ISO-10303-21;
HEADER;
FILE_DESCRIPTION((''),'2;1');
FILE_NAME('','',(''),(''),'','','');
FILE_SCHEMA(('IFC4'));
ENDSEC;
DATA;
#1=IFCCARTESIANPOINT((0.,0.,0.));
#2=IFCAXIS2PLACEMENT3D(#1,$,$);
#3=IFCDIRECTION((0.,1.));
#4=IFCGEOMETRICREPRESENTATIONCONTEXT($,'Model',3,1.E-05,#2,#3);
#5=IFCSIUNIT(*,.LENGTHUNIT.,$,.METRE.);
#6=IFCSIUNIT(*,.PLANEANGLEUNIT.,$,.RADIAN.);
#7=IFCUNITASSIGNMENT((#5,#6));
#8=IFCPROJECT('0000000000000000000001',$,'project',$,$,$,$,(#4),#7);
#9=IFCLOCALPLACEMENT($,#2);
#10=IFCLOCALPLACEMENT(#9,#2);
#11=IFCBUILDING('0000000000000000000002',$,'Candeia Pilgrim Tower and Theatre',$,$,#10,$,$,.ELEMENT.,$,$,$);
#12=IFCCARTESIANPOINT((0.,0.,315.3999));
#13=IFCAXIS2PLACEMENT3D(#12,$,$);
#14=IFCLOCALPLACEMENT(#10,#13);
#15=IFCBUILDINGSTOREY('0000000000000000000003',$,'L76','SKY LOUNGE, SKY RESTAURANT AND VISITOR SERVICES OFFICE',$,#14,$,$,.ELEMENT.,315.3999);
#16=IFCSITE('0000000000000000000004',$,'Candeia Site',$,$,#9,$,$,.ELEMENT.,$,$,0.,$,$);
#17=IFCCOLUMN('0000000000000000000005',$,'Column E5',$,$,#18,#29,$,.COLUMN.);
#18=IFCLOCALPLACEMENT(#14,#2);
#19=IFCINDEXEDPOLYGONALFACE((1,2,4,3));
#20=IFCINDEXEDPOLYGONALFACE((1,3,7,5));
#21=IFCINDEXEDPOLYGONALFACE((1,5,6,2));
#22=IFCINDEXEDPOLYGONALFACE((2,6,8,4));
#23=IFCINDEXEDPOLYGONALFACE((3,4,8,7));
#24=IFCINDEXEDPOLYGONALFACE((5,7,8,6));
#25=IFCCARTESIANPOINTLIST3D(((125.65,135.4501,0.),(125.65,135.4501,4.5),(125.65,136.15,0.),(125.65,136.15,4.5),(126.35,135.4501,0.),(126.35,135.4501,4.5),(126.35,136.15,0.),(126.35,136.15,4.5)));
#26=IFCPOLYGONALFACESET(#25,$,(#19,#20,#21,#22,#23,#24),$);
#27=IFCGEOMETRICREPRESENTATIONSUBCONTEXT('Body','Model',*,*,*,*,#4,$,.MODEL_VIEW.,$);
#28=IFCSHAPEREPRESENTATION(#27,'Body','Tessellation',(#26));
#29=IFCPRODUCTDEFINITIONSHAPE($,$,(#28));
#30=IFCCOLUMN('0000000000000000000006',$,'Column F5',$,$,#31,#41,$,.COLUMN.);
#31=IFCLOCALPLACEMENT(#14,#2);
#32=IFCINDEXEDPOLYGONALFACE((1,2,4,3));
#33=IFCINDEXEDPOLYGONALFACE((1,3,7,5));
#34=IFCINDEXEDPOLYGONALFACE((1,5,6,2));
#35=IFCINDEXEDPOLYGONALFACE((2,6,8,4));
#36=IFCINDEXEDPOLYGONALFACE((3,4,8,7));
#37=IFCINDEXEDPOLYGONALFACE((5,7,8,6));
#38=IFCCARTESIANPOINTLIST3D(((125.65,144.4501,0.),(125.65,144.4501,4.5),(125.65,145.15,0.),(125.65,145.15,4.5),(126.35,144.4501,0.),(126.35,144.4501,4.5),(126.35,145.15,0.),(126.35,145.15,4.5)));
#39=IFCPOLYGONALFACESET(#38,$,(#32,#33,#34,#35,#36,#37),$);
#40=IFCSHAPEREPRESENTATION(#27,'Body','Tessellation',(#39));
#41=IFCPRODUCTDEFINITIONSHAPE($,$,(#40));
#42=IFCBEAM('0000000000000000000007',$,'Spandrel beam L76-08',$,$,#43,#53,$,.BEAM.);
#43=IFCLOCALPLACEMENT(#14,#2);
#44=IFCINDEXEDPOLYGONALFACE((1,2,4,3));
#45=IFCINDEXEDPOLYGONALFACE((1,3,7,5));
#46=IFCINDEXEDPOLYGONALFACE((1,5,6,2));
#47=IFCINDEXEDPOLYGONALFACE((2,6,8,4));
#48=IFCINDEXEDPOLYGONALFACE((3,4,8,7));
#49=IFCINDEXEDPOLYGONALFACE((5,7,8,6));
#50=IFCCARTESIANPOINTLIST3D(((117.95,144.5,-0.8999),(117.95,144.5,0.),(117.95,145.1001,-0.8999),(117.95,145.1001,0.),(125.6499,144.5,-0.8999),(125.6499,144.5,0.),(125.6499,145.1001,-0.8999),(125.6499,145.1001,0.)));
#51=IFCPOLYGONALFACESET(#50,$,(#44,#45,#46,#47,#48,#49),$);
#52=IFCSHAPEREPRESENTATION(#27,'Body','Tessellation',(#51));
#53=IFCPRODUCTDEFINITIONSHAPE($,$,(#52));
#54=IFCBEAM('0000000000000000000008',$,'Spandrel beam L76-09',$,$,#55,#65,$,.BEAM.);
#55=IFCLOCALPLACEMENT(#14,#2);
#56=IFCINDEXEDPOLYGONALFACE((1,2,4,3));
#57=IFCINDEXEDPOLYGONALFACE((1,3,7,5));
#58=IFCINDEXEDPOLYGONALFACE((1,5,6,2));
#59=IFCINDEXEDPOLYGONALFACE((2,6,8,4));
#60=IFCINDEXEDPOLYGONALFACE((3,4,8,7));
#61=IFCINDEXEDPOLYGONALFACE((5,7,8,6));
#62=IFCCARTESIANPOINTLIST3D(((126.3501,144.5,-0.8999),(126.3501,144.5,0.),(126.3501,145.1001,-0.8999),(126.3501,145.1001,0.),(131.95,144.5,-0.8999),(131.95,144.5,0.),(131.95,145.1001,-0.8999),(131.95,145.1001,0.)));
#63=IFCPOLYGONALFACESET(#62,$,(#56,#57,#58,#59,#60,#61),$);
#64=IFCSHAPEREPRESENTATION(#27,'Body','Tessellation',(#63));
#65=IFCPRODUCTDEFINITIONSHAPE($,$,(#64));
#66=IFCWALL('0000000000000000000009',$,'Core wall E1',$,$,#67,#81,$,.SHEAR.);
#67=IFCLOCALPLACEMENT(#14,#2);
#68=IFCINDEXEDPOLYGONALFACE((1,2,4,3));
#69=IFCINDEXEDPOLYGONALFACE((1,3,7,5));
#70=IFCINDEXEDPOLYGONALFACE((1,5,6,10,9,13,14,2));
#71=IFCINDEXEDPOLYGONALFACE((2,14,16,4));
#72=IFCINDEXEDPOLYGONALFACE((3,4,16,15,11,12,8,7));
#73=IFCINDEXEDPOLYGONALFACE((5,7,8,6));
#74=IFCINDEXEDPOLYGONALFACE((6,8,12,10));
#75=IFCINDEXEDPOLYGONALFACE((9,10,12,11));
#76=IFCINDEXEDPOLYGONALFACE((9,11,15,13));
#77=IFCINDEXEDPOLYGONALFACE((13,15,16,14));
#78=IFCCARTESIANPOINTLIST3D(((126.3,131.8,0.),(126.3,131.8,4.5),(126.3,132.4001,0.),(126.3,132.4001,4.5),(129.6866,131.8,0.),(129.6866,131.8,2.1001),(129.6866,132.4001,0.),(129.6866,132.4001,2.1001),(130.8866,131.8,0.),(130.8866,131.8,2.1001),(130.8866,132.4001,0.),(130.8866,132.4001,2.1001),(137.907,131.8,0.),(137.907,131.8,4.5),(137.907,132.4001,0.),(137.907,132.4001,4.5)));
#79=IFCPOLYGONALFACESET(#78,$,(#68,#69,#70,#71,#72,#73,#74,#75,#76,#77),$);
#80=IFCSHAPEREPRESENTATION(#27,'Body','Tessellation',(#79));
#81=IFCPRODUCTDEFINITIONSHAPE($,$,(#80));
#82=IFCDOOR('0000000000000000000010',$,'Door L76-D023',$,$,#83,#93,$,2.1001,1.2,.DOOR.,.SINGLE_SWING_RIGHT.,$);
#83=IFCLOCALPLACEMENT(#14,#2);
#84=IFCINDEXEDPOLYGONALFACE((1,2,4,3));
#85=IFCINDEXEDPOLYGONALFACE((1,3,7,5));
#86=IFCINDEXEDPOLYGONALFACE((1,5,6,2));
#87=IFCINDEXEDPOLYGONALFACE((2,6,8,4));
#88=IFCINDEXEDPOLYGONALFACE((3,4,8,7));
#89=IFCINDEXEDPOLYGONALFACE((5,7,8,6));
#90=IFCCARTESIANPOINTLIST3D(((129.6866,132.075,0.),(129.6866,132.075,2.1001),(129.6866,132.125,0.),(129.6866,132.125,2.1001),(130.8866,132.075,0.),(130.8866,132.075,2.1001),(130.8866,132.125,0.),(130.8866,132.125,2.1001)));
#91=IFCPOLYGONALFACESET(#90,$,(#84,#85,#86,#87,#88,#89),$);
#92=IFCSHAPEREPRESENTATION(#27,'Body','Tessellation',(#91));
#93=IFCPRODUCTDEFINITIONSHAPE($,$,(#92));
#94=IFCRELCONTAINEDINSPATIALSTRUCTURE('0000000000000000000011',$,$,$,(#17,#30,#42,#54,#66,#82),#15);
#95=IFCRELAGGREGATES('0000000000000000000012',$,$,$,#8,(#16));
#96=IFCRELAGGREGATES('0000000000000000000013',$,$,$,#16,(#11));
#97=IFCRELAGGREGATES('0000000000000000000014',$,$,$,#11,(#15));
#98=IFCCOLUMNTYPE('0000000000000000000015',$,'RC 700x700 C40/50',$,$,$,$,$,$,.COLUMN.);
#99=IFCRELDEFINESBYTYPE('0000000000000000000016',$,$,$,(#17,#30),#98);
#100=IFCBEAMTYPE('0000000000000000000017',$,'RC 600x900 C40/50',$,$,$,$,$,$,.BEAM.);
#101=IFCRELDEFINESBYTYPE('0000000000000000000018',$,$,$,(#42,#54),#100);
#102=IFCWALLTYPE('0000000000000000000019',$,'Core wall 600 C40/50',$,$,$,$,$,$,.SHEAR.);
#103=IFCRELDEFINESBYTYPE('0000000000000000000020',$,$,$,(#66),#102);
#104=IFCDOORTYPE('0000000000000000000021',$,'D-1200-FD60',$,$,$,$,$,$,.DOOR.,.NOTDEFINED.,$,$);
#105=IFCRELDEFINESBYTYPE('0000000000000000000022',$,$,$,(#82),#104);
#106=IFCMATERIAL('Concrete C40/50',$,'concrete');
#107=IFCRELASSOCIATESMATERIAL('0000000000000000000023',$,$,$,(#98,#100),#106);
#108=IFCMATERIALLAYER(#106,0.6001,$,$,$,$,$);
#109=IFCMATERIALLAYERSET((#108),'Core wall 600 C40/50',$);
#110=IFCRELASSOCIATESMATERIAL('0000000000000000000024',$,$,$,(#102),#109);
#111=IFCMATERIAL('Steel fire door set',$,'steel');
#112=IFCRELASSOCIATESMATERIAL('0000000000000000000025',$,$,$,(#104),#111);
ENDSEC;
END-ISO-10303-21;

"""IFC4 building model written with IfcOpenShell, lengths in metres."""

from ifc_helpers import new_model, si_unit, direction, frame, frame_2d, origin, origin_2d, place, context, subcontext, project, spatial, rectangle, extrude, material, layer, layer_set, material_profile, profile_set, type_object, element, fill, save


model = new_model("IFC4")

# Units and contexts
model_context = context("Model", 3, precision=1e-05, world=origin(), true_north=direction((0.0, 1.0)))
body_context = subcontext(model_context, "Body", "Model", "MODEL_VIEW")
ifc_project = project(units=[si_unit("LENGTHUNIT", "METRE"), si_unit("PLANEANGLEUNIT", "RADIAN")], contexts=[model_context])

# Site, building, storey
site_placement = place(None, origin())
site = spatial("IfcSite", under=ifc_project, at=site_placement, Name="Candeia Site", CompositionType="ELEMENT", RefElevation=0.0)
building_placement = place(site_placement, origin())
building = spatial("IfcBuilding", under=site, at=building_placement, Name="Candeia Pilgrim Tower and Theatre", CompositionType="ELEMENT")
storey_placement = place(building_placement, frame((0.0, 0.0, 315.3999)))
storey = spatial("IfcBuildingStorey", under=building, at=storey_placement, Name="L76", Description="SKY LOUNGE, SKY RESTAURANT AND VISITOR SERVICES OFFICE", CompositionType="ELEMENT", Elevation=315.3999)

# Columns
ifc_material_1 = material(Name="Concrete C40/50", Category="concrete")
ifc_material_profile_1 = material_profile(ifc_material_1, rectangle(XDim=0.7, YDim=0.7, at=origin_2d()))
ifc_profile_set_1 = profile_set([ifc_material_profile_1], Name="Concrete C40/50")
column_type = type_object("IfcColumnType", Name="RC 700x700 C40/50", PredefinedType="COLUMN", material=ifc_profile_set_1)
for number, where, z_axis, x_axis, name in (
    (1, (126.0, 135.8, 0.0), (0.0, 0.0, 1.0), (1.0, 0.0, 0.0), "Column E5"),
    (2, (126.0, 144.8, 0.0), (0.0, 0.0, 1.0), (1.0, 0.0, 0.0), "Column F5"),
):
    element("IfcColumn", number, at=place(storey_placement, frame(where, z_axis=z_axis, x_axis=x_axis)), inside=storey, type_object=column_type, Name=name, PredefinedType="COLUMN", context=body_context, shape_type="SweptSolid", body=[
        extrude(rectangle(XDim=0.7, YDim=0.7, at=origin_2d()), origin(), (0.0, 0.0, 1.0), 4.5),
    ])

# Beams
ifc_material_profile_2 = material_profile(ifc_material_1, rectangle(XDim=0.6001, YDim=0.8999, at=origin_2d()))
ifc_profile_set_2 = profile_set([ifc_material_profile_2], Name="Concrete C40/50")
beam_type = type_object("IfcBeamType", Name="RC 600x900 C40/50", PredefinedType="BEAM", material=ifc_profile_set_2)
beam_1_placement = place(storey_placement, frame((117.95, 144.8, -0.45), z_axis=(1.0, 0.0, 0.0), x_axis=(0.0, 1.0, 0.0)))
element("IfcBeam", 3, at=beam_1_placement, inside=storey, type_object=beam_type, Name="Spandrel beam L76-08", PredefinedType="BEAM", context=body_context, shape_type="SweptSolid", body=[
    extrude(rectangle(XDim=0.6001, YDim=0.8999, at=origin_2d()), origin(), (0.0, 0.0, 1.0), 7.7),
])
beam_2_placement = place(storey_placement, frame((126.3501, 144.8, -0.45), z_axis=(1.0, 0.0, 0.0), x_axis=(0.0, 1.0, 0.0)))
element("IfcBeam", 4, at=beam_2_placement, inside=storey, type_object=beam_type, Name="Spandrel beam L76-09", PredefinedType="BEAM", context=body_context, shape_type="SweptSolid", body=[
    extrude(rectangle(XDim=0.6001, YDim=0.8999, at=origin_2d()), origin(), (0.0, 0.0, 1.0), 5.5999),
])

# Wall, opening, door
ifc_layer_1 = layer(ifc_material_1, 0.6001)
ifc_layer_set_1 = layer_set([ifc_layer_1], Name="Core wall 600 C40/50")
wall_type_1 = type_object("IfcWallType", Name="Core wall 600 C40/50", PredefinedType="SHEAR", material=ifc_layer_set_1)
wall_1_placement = place(storey_placement, frame((126.3, 132.1001, 0.0), z_axis=(0.0, 0.0, 1.0), x_axis=(1.0, 0.0, 0.0)))
wall_1 = element("IfcWall", 5, at=wall_1_placement, inside=storey, type_object=wall_type_1, Name="Core wall E1", PredefinedType="SHEAR", context=body_context, shape_type="SweptSolid", body=[
    extrude(rectangle(XDim=11.6069, YDim=0.6001, at=frame_2d((5.8035, 0.0))), origin(), (0.0, 0.0, 1.0), 4.5),
])
opening_1_placement = place(wall_1_placement, frame((3.3865, 0.0, 0.0)))
opening_1 = element("IfcOpeningElement", 6, at=opening_1_placement, cuts=wall_1, PredefinedType="OPENING", context=body_context, shape_type="SweptSolid", body=[
    extrude(rectangle(XDim=1.2, YDim=2.1001, at=frame_2d((0.6001, 1.05))), frame((0.0, 0.3101, 0.0), z_axis=(0.0, -1.0, 0.0), x_axis=(1.0, 0.0, 0.0)), (0.0, 0.0, 1.0), 0.6201),
])
ifc_material_2 = material(Name="Steel fire door set", Category="steel")
door_type_1 = type_object("IfcDoorType", Name="D-1200-FD60", OperationType="NOTDEFINED", PredefinedType="DOOR", material=ifc_material_2)
door_1_placement = place(opening_1_placement, origin())
door_1 = element("IfcDoor", 7, at=door_1_placement, inside=storey, type_object=door_type_1, Name="Door L76-D023", OperationType="SINGLE_SWING_RIGHT", OverallHeight=2.1001, OverallWidth=1.2, PredefinedType="DOOR", context=body_context, shape_type="SweptSolid", body=[
    extrude(rectangle(XDim=1.2, YDim=2.1001, at=frame_2d((0.6001, 1.05))), frame((0.0, 0.0249, 0.0), z_axis=(0.0, -1.0, 0.0), x_axis=(1.0, 0.0, 0.0)), (0.0, 0.0, 1.0), 0.05),
])
fill(opening_1, door_1)

save(model, "model.ifc")
